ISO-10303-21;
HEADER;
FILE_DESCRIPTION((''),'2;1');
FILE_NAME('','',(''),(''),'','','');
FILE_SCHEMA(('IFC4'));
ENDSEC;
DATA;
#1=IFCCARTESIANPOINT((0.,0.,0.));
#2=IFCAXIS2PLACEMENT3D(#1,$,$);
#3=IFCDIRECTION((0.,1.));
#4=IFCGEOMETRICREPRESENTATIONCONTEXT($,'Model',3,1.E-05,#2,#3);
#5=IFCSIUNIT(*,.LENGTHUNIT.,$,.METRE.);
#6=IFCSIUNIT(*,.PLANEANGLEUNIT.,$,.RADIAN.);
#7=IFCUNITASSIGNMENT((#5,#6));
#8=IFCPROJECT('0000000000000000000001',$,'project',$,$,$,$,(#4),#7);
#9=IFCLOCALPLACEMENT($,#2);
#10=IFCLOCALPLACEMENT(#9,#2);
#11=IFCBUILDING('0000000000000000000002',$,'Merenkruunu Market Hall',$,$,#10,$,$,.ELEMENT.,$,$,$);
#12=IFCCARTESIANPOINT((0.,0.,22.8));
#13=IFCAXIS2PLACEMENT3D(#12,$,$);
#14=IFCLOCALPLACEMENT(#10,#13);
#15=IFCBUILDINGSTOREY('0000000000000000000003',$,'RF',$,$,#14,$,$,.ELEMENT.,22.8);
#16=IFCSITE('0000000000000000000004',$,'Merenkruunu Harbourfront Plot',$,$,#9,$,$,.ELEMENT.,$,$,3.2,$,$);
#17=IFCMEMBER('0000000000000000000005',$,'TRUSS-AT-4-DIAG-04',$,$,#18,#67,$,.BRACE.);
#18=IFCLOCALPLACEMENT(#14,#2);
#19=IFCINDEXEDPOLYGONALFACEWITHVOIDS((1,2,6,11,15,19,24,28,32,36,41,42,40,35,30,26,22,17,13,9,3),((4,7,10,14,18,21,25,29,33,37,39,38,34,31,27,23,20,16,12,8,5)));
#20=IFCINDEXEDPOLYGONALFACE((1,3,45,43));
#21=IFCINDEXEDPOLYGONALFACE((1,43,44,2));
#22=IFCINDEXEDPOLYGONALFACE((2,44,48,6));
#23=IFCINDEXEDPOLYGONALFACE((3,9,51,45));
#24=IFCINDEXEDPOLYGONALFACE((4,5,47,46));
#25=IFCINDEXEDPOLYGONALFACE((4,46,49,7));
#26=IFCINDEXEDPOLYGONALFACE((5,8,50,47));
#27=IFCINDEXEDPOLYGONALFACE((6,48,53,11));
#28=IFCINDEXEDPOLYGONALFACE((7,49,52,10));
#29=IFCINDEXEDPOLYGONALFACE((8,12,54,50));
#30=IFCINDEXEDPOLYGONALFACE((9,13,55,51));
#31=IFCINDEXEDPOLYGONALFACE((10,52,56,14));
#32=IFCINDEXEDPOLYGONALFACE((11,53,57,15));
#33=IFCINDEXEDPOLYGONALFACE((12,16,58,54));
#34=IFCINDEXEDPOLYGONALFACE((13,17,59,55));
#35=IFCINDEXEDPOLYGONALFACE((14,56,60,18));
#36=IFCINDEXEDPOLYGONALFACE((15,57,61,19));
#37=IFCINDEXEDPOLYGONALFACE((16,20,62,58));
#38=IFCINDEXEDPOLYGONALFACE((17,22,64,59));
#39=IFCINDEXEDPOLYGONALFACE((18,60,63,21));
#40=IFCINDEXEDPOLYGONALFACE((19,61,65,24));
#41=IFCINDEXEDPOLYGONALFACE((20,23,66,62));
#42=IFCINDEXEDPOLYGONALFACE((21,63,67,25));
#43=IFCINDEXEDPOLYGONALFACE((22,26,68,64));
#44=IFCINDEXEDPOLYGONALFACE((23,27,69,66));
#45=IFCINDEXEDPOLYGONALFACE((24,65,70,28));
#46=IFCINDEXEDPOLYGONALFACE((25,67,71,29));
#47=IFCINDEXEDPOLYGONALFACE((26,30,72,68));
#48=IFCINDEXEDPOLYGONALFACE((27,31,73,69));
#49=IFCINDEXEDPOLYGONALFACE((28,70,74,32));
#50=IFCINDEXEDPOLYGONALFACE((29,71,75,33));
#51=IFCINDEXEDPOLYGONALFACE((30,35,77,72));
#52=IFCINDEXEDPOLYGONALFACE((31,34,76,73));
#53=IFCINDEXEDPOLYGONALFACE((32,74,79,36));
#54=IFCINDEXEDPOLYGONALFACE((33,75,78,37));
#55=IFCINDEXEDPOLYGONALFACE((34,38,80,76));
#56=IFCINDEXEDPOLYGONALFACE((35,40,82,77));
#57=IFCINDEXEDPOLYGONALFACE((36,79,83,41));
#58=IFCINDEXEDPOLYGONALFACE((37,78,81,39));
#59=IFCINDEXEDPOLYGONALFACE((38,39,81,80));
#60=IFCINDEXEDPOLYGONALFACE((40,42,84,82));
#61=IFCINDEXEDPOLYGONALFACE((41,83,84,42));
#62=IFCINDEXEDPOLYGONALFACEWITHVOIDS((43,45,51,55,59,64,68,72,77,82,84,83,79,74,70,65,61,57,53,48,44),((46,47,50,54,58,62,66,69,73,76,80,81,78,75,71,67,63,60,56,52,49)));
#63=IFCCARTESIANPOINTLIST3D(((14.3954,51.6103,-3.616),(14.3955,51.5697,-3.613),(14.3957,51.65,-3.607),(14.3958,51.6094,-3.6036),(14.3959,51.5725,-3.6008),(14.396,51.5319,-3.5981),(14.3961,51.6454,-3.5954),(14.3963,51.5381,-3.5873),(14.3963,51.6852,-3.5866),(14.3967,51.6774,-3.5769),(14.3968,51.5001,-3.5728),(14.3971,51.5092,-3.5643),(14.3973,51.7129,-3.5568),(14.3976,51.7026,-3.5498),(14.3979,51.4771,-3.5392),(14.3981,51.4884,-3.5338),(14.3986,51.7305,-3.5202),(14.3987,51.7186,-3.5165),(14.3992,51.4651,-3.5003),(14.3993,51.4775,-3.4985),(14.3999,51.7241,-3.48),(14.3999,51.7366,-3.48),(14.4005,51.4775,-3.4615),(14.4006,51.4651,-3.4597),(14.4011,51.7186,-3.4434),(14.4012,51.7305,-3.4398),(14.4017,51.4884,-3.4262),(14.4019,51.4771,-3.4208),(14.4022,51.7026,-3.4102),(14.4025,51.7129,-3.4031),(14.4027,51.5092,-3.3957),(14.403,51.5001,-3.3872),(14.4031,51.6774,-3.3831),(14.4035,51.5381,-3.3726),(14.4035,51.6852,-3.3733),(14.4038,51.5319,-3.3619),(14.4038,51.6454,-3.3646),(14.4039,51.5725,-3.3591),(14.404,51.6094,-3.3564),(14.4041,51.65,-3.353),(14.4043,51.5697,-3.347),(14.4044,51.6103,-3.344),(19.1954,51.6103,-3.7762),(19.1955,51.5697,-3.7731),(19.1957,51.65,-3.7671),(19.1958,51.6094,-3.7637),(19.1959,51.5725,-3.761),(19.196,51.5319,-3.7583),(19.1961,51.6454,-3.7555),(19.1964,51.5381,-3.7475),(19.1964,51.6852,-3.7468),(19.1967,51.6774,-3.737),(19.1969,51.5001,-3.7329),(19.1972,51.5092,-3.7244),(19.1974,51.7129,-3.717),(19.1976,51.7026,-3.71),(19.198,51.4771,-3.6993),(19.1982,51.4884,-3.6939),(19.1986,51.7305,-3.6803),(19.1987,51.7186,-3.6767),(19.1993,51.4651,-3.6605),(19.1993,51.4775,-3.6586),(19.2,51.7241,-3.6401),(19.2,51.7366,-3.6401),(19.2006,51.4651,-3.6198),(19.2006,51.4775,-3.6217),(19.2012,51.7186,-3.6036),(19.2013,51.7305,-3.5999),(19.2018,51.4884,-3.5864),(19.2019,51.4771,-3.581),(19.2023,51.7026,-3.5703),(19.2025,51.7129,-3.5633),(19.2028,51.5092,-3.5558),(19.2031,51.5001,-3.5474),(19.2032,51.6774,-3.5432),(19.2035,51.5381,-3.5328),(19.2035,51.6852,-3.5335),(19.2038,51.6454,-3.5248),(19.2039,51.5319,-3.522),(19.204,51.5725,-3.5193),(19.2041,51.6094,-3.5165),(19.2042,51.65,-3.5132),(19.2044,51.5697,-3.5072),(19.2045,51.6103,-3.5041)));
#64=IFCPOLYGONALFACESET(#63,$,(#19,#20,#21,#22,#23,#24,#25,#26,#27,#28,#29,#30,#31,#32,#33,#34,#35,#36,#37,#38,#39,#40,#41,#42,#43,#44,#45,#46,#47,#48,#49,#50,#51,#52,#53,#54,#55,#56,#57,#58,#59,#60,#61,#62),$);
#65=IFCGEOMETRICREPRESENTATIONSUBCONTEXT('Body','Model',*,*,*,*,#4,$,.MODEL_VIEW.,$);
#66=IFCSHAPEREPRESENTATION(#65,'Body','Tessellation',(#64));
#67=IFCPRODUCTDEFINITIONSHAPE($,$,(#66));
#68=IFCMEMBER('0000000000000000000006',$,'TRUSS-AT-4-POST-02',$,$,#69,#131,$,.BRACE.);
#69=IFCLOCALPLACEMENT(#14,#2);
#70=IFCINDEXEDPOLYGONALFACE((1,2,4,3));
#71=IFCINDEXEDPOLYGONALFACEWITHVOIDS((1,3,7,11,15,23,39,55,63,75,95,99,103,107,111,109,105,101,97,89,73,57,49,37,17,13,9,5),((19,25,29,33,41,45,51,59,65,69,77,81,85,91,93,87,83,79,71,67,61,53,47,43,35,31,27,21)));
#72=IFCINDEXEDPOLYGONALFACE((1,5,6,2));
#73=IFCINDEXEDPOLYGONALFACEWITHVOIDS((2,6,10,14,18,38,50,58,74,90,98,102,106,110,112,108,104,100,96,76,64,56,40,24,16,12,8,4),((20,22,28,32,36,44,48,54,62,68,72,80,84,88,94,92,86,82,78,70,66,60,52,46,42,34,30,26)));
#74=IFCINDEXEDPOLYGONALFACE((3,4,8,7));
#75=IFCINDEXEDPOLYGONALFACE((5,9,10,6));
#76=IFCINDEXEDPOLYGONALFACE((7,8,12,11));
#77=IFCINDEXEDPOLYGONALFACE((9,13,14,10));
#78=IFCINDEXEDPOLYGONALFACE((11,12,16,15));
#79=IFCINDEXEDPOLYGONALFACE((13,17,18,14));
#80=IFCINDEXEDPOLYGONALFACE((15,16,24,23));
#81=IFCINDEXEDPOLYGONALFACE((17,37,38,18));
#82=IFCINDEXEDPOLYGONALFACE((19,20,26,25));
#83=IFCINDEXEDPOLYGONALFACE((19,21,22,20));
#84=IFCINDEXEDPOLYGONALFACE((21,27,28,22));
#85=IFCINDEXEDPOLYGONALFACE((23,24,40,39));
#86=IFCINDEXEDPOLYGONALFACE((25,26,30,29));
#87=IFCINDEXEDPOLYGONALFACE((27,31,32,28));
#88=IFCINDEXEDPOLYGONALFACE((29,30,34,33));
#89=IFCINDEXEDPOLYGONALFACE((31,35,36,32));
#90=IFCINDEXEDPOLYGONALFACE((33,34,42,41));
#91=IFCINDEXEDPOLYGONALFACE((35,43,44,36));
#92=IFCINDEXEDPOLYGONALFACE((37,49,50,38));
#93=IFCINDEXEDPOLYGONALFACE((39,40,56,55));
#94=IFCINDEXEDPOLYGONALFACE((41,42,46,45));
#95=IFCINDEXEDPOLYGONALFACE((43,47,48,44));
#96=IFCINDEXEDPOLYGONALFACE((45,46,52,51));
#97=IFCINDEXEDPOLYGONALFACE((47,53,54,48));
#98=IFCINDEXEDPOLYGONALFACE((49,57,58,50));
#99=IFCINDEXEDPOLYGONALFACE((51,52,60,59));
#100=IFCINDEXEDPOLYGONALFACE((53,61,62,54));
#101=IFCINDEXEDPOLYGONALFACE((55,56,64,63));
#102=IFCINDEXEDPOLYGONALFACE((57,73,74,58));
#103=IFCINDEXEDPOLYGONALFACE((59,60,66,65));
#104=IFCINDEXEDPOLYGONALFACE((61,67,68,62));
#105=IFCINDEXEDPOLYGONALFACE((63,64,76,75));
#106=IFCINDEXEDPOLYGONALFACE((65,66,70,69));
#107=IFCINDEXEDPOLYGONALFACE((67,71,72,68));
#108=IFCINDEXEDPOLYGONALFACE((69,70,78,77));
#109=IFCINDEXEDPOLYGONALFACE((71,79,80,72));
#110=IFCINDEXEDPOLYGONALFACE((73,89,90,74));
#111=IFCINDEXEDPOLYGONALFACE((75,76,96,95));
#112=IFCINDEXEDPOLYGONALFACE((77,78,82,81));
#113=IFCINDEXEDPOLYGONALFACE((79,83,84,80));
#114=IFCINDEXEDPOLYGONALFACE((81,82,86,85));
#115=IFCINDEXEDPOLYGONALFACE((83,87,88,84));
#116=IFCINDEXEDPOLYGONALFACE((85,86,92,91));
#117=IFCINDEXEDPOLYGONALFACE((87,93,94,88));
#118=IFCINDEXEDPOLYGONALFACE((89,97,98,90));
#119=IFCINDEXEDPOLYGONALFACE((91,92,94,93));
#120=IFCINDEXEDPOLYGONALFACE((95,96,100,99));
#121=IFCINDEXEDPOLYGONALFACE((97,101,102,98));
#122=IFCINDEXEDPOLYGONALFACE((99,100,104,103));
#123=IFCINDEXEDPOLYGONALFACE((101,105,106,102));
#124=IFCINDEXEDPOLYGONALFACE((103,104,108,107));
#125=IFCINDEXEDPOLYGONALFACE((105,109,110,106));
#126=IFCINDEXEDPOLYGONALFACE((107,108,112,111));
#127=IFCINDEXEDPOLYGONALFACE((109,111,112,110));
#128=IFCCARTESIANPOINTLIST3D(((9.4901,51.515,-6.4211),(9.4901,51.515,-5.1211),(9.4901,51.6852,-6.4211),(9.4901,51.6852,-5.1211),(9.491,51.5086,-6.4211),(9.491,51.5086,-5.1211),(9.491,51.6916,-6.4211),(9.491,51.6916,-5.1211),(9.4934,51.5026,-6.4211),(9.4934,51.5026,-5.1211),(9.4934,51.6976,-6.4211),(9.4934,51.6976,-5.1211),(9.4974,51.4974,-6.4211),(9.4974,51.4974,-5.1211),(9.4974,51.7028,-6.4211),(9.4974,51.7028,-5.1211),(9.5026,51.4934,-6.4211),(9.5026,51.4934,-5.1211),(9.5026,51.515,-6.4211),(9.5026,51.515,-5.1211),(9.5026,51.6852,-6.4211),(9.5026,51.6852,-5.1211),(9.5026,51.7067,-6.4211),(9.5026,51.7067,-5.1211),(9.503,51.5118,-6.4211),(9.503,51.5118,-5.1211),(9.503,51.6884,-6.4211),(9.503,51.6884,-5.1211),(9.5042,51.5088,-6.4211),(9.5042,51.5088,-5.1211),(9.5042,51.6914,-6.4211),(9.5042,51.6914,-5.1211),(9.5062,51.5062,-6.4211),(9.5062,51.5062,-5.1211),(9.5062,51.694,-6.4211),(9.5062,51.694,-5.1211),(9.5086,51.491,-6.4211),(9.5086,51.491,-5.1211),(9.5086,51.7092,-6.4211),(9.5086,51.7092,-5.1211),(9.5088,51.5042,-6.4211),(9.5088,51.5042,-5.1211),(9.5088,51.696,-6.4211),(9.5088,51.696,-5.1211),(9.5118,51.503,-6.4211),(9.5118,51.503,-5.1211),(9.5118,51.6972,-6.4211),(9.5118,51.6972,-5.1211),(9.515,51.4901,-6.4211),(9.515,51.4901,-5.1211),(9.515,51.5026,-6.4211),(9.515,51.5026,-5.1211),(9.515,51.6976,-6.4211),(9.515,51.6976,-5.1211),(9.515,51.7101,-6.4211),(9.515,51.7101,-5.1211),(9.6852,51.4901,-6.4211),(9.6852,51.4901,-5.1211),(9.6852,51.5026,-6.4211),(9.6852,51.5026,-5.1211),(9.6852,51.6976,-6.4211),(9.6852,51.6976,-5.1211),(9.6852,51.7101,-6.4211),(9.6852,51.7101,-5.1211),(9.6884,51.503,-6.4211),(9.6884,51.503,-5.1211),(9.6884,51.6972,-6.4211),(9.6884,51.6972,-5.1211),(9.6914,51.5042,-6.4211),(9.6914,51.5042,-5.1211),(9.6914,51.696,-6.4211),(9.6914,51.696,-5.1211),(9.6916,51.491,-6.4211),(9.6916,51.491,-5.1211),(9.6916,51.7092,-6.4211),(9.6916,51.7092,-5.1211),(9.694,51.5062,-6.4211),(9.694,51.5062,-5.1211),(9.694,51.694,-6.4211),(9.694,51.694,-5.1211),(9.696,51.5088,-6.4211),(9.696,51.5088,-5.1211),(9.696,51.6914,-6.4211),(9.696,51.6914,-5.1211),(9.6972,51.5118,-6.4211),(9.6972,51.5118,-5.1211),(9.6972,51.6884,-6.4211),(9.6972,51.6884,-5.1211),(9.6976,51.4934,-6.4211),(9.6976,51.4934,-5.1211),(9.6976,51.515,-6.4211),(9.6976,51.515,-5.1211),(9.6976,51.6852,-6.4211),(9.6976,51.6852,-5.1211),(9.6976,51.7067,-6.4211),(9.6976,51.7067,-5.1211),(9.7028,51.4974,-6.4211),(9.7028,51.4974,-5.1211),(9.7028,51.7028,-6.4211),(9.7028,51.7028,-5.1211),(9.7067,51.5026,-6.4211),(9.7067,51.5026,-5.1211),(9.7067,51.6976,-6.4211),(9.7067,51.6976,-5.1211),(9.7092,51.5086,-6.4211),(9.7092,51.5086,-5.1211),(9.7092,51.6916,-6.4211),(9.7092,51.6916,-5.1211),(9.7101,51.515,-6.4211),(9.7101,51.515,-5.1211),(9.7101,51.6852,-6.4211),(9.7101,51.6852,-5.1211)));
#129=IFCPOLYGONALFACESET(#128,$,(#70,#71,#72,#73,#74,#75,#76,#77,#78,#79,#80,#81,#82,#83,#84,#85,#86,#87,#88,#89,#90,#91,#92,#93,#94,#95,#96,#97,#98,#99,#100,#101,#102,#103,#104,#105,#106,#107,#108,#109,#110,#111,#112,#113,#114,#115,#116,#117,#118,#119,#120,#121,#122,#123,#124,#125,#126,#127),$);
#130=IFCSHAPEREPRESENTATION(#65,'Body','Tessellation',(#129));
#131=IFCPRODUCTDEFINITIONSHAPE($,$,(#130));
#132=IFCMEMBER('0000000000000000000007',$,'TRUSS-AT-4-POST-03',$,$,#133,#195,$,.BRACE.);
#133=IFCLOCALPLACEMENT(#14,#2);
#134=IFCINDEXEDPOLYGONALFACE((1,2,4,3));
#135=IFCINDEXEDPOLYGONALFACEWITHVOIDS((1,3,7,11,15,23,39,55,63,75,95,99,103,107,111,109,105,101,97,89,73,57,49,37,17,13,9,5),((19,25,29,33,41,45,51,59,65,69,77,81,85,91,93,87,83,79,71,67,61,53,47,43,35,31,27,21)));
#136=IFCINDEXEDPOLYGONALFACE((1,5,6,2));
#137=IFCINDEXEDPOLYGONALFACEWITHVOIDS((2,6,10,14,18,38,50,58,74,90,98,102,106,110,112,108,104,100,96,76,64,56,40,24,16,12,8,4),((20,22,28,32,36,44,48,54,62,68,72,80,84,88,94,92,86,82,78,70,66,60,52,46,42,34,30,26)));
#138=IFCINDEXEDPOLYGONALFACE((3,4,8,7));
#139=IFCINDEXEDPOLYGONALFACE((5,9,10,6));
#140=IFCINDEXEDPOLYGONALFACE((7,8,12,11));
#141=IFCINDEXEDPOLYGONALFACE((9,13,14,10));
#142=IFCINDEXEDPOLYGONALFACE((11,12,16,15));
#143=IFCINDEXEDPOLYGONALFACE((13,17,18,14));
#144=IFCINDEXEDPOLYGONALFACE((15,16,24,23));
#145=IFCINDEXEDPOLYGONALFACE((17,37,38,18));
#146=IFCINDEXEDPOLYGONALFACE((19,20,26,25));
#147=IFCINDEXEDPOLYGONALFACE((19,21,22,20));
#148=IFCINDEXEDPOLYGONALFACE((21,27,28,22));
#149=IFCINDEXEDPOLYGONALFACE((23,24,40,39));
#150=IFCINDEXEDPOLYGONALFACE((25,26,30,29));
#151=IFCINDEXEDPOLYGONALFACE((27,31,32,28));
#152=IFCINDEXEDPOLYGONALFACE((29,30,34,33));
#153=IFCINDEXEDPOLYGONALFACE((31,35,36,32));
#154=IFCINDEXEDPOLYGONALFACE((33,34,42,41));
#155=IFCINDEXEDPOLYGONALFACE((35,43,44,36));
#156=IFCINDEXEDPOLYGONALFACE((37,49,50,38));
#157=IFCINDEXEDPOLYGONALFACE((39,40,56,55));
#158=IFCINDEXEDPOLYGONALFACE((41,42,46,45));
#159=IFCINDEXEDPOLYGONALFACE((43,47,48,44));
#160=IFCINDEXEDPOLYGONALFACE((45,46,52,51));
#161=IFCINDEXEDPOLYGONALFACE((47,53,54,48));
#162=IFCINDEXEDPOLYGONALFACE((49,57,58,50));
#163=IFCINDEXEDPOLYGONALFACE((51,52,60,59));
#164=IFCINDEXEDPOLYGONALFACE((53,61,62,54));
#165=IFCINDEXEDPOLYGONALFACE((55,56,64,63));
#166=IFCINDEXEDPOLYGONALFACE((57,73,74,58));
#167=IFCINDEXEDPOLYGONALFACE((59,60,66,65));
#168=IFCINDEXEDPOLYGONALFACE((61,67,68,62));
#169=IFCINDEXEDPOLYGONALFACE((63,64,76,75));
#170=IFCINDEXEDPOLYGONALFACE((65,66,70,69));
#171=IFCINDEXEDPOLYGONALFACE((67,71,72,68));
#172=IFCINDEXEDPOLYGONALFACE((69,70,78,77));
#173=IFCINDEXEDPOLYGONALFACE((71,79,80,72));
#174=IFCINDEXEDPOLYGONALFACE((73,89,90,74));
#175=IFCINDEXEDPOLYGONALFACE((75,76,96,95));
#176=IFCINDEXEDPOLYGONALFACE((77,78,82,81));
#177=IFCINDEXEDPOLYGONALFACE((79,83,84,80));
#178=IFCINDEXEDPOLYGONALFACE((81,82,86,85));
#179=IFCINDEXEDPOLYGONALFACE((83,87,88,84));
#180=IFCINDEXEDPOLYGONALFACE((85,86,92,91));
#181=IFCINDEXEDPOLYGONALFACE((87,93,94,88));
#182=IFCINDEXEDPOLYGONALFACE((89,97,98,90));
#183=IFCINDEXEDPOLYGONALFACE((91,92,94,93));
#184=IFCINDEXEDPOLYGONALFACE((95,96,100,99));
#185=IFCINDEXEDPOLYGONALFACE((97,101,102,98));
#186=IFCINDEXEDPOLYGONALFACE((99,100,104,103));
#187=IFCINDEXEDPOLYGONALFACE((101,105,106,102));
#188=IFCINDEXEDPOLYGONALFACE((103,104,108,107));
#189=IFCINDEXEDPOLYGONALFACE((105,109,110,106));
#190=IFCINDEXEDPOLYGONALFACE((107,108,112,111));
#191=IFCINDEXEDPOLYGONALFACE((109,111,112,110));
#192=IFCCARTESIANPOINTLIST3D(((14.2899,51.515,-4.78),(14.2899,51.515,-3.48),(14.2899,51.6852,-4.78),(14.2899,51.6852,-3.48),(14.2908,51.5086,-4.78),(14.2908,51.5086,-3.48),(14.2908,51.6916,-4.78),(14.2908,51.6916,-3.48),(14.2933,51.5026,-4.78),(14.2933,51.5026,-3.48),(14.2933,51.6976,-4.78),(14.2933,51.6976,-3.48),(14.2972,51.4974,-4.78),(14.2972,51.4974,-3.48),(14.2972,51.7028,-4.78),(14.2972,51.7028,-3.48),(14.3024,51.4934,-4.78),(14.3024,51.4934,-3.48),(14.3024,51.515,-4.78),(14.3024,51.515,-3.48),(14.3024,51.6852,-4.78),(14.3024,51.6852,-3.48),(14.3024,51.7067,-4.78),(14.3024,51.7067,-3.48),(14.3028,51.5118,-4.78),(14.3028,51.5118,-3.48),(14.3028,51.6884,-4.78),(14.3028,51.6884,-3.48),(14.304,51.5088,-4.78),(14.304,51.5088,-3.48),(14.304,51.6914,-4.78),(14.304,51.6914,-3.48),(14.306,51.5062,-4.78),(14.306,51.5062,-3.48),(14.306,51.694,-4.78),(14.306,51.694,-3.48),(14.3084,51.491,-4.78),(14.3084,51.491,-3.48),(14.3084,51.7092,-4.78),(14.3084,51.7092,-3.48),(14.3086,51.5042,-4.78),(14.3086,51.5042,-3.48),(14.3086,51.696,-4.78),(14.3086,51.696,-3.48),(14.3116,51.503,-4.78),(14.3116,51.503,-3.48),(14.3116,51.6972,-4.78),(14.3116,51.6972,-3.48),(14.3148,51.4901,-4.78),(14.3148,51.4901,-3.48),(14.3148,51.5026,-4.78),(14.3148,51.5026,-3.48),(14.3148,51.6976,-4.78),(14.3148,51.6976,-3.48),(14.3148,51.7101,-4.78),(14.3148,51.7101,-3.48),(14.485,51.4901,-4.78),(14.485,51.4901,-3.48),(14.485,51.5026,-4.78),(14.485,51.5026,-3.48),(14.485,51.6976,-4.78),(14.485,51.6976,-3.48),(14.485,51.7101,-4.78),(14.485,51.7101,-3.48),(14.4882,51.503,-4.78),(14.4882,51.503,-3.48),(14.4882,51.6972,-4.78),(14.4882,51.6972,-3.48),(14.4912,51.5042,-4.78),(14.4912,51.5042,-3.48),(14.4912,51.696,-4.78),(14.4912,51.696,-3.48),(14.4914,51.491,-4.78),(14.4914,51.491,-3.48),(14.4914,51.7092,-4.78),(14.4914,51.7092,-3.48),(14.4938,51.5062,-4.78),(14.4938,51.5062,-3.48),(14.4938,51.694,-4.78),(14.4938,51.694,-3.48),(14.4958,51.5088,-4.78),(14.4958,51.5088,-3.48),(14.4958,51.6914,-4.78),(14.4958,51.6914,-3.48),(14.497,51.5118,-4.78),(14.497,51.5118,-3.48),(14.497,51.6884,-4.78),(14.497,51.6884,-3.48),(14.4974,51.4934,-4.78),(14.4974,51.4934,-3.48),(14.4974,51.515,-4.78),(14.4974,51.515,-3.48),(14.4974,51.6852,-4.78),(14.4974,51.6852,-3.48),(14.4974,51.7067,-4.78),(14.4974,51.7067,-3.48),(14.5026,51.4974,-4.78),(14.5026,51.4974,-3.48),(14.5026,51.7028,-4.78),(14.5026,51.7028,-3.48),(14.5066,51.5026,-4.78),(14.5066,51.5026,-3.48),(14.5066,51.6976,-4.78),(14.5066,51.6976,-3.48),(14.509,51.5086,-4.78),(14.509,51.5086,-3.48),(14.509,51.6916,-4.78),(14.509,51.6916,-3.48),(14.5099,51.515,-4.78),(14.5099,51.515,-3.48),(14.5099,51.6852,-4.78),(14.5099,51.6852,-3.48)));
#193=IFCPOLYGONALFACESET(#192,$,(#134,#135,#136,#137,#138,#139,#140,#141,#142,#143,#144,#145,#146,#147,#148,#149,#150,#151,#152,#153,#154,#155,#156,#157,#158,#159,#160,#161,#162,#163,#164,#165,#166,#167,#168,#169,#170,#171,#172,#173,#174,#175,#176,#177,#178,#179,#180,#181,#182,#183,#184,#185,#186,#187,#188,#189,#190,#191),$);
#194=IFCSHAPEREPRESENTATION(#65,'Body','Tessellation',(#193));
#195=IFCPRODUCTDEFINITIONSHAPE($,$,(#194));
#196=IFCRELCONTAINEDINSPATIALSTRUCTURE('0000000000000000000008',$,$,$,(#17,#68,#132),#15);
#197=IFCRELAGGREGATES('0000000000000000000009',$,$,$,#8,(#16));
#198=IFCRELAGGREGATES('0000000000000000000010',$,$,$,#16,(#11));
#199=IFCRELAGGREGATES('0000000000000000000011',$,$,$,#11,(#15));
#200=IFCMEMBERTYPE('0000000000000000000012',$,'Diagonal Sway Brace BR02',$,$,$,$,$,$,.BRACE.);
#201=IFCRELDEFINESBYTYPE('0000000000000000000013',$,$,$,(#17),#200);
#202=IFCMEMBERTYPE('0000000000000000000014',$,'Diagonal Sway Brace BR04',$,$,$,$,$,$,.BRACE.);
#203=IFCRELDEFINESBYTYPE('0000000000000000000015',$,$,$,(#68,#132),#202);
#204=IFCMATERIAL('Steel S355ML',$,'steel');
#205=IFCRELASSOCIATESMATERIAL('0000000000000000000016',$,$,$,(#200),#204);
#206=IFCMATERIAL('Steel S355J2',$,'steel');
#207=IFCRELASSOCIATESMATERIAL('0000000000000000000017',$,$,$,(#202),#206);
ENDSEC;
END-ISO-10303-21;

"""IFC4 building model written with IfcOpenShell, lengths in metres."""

from ifc_helpers import new_model, si_unit, direction, frame, origin, origin_2d, place, context, subcontext, project, spatial, hollow_rectangle, hollow_circle, extrude, material, material_profile, profile_set, type_object, element, save


model = new_model("IFC4")

# Units and contexts
model_context = context("Model", 3, precision=1e-05, world=origin(), true_north=direction((0.0, 1.0)))
body_context = subcontext(model_context, "Body", "Model", "MODEL_VIEW")
ifc_project = project(units=[si_unit("LENGTHUNIT", "METRE"), si_unit("PLANEANGLEUNIT", "RADIAN")], contexts=[model_context])

# Site, building, storey
site_placement = place(None, origin())
site = spatial("IfcSite", under=ifc_project, at=site_placement, Name="Merenkruunu Harbourfront Plot", CompositionType="ELEMENT", RefElevation=3.2)
building_placement = place(site_placement, origin())
building = spatial("IfcBuilding", under=site, at=building_placement, Name="Merenkruunu Market Hall", CompositionType="ELEMENT")
storey_placement = place(building_placement, frame((0.0, 0.0, 22.8)))
storey = spatial("IfcBuildingStorey", under=building, at=storey_placement, Name="RF", CompositionType="ELEMENT", Elevation=22.8)

# Shared definitions
ifc_material_1 = material(Name="Steel S355ML", Category="steel")

# Members
ifc_material_profile_1 = material_profile(ifc_material_1, hollow_circle(Radius=0.1365, WallThickness=0.0125, at=origin_2d()), Name="CHS 273x12.5")
ifc_profile_set_1 = profile_set([ifc_material_profile_1], Name="Steel S355ML")
member_type_1 = type_object("IfcMemberType", Name="Diagonal Sway Brace BR02", PredefinedType="BRACE", material=ifc_profile_set_1)
member_1_placement = place(storey_placement, frame((14.3999, 51.6001, -3.48), z_axis=(0.999444, 0.0, -0.033347), x_axis=(0.0, 1.0, 0.0)))
element("IfcMember", 1, at=member_1_placement, inside=storey, type_object=member_type_1, Name="TRUSS-AT-4-DIAG-04", PredefinedType="BRACE", context=body_context, shape_type="SweptSolid", body=[
    extrude(hollow_circle(Radius=0.1365, WallThickness=0.0125, at=origin_2d()), origin(), (0.0, 0.0, 1.0), 4.8027),
])
ifc_material_2 = material(Name="Steel S355J2", Category="steel")
ifc_material_profile_2 = material_profile(ifc_material_2, hollow_rectangle(XDim=0.22, YDim=0.22, WallThickness=0.0125, InnerFilletRadius=0.0125, OuterFilletRadius=0.0249, at=origin_2d()), Name="SHS 220x220x12.5")
ifc_profile_set_2 = profile_set([ifc_material_profile_2], Name="Steel S355J2")
member_type_2 = type_object("IfcMemberType", Name="Diagonal Sway Brace BR04", PredefinedType="BRACE", material=ifc_profile_set_2)
for number, where, z_axis, x_axis, name in (
    (2, (9.6001, 51.6001, -6.4211), (0.0, 0.0, 1.0), (1.0, 0.0, 0.0), "TRUSS-AT-4-POST-02"),
    (3, (14.3999, 51.6001, -4.78), (0.0, 0.0, 1.0), (1.0, 0.0, 0.0), "TRUSS-AT-4-POST-03"),
):
    element("IfcMember", number, at=place(storey_placement, frame(where, z_axis=z_axis, x_axis=x_axis)), inside=storey, type_object=member_type_2, Name=name, PredefinedType="BRACE", context=body_context, shape_type="SweptSolid", body=[
        extrude(hollow_rectangle(XDim=0.22, YDim=0.22, WallThickness=0.0125, InnerFilletRadius=0.0125, OuterFilletRadius=0.0249, at=origin_2d()), origin(), (0.0, 0.0, 1.0), 1.3),
    ])

save(model, "model.ifc")
